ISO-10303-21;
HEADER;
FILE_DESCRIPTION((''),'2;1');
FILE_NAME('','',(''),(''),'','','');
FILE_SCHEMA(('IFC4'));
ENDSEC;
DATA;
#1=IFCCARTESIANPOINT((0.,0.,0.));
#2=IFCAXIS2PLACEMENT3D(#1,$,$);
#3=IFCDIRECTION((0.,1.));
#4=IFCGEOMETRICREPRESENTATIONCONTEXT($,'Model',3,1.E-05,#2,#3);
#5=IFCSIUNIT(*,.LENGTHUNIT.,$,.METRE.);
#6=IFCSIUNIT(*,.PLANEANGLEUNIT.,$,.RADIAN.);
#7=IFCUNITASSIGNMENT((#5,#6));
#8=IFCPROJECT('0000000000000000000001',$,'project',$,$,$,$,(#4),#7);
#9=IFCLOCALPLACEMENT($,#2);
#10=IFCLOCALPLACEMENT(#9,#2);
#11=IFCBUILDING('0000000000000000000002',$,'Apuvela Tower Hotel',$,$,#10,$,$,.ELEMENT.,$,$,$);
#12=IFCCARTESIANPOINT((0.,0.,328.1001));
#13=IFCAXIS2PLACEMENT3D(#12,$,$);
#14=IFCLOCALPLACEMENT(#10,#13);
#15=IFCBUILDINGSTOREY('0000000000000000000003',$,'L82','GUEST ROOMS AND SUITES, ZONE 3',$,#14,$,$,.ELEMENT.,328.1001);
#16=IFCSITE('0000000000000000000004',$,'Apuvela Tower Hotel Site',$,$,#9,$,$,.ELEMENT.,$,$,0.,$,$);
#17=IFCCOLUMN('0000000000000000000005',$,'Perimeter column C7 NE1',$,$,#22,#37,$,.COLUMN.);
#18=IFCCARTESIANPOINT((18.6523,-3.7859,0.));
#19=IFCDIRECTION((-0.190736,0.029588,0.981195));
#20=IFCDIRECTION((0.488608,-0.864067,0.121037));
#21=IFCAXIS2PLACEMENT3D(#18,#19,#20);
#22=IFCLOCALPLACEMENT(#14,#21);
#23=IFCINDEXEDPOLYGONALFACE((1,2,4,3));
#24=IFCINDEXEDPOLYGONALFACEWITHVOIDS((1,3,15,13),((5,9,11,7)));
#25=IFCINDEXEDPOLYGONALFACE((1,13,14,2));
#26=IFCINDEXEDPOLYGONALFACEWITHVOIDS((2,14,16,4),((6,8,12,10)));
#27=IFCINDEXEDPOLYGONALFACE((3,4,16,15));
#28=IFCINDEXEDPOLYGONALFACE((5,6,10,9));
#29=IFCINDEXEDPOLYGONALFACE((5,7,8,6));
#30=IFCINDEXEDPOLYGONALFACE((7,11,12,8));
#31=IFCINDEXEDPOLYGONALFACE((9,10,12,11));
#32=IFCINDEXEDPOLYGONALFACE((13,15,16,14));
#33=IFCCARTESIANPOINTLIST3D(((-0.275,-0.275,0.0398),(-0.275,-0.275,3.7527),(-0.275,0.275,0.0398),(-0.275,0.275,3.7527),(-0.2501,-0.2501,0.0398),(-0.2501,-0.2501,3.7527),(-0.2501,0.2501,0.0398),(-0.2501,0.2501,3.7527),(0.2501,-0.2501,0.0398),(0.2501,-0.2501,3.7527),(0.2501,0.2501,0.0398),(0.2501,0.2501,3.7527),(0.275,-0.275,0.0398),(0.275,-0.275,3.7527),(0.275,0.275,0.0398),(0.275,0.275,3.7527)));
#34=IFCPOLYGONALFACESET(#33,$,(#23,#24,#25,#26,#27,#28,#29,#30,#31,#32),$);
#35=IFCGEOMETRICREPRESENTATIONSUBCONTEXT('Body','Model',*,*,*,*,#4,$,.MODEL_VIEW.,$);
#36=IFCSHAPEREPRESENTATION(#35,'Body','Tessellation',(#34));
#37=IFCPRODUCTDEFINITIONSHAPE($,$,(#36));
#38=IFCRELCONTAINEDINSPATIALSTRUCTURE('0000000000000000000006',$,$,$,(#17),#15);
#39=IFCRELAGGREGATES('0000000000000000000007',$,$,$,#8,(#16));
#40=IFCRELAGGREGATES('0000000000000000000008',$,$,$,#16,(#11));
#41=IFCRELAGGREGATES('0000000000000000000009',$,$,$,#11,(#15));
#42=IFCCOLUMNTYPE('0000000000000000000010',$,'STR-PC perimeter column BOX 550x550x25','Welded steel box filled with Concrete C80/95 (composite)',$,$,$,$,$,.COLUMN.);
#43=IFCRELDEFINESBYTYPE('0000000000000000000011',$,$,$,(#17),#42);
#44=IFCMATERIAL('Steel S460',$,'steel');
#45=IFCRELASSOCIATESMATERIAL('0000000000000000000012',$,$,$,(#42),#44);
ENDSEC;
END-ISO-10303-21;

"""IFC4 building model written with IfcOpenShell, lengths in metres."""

from ifc_helpers import new_model, si_unit, direction, frame, origin, origin_2d, place, context, subcontext, project, spatial, rectangle, hollow_rectangle, extrude, boolean, halfspace, material, material_profile, profile_set, type_object, element, save


model = new_model("IFC4")

# Units and contexts
model_context = context("Model", 3, precision=1e-05, world=origin(), true_north=direction((0.0, 1.0)))
body_context = subcontext(model_context, "Body", "Model", "MODEL_VIEW")
ifc_project = project(units=[si_unit("LENGTHUNIT", "METRE"), si_unit("PLANEANGLEUNIT", "RADIAN")], contexts=[model_context])

# Site, building, storey
site_placement = place(None, origin())
site = spatial("IfcSite", under=ifc_project, at=site_placement, Name="Apuvela Tower Hotel Site", CompositionType="ELEMENT", RefElevation=0.0)
building_placement = place(site_placement, origin())
building = spatial("IfcBuilding", under=site, at=building_placement, Name="Apuvela Tower Hotel", CompositionType="ELEMENT")
storey_placement = place(building_placement, frame((0.0, 0.0, 328.1001)))
storey = spatial("IfcBuildingStorey", under=building, at=storey_placement, Name="L82", Description="GUEST ROOMS AND SUITES, ZONE 3", CompositionType="ELEMENT", Elevation=328.1001)

# Column
ifc_material_1 = material(Name="Steel S460", Category="steel")
ifc_material_profile_1 = material_profile(ifc_material_1, hollow_rectangle(XDim=0.55, YDim=0.55, WallThickness=0.0249, at=origin_2d()), Name="BOX 550x550x25")
ifc_material_2 = material(Name="Concrete C80/95", Category="concrete")
ifc_material_profile_2 = material_profile(ifc_material_2, rectangle(XDim=0.5, YDim=0.5, at=origin_2d()), Name="Concrete C80/95 infill")
ifc_profile_set_1 = profile_set([ifc_material_profile_1, ifc_material_profile_2], Name="Steel S460")
column_type = type_object("IfcColumnType", Name="STR-PC perimeter column BOX 550x550x25", Description="Welded steel box filled with Concrete C80/95 (composite)", PredefinedType="COLUMN", material=ifc_profile_set_1)
column_placement = place(storey_placement, frame((18.6523, -3.7859, 0.0), z_axis=(-0.190736, 0.029588, 0.981195), x_axis=(0.488608, -0.864067, 0.121037)))
element("IfcColumn", 1, at=column_placement, inside=storey, type_object=column_type, Name="Perimeter column C7 NE1", PredefinedType="COLUMN", context=body_context, shape_type="SweptSolid", body=[
    boolean("DIFFERENCE", boolean("DIFFERENCE", extrude(hollow_rectangle(XDim=0.55, YDim=0.55, WallThickness=0.0249, at=origin_2d()), origin(), (0.0, 0.0, 1.0), 3.7708), halfspace(frame((0.0, 0.0, 0.0398), z_axis=(0.0, 0.0, 1.0), x_axis=(1.0, 0.0, 0.0)), True)), halfspace(frame((0.0, 0.0, 3.7527), z_axis=(0.0, 0.0, 1.0), x_axis=(1.0, 0.0, 0.0)), False)),
])

save(model, "model.ifc")
